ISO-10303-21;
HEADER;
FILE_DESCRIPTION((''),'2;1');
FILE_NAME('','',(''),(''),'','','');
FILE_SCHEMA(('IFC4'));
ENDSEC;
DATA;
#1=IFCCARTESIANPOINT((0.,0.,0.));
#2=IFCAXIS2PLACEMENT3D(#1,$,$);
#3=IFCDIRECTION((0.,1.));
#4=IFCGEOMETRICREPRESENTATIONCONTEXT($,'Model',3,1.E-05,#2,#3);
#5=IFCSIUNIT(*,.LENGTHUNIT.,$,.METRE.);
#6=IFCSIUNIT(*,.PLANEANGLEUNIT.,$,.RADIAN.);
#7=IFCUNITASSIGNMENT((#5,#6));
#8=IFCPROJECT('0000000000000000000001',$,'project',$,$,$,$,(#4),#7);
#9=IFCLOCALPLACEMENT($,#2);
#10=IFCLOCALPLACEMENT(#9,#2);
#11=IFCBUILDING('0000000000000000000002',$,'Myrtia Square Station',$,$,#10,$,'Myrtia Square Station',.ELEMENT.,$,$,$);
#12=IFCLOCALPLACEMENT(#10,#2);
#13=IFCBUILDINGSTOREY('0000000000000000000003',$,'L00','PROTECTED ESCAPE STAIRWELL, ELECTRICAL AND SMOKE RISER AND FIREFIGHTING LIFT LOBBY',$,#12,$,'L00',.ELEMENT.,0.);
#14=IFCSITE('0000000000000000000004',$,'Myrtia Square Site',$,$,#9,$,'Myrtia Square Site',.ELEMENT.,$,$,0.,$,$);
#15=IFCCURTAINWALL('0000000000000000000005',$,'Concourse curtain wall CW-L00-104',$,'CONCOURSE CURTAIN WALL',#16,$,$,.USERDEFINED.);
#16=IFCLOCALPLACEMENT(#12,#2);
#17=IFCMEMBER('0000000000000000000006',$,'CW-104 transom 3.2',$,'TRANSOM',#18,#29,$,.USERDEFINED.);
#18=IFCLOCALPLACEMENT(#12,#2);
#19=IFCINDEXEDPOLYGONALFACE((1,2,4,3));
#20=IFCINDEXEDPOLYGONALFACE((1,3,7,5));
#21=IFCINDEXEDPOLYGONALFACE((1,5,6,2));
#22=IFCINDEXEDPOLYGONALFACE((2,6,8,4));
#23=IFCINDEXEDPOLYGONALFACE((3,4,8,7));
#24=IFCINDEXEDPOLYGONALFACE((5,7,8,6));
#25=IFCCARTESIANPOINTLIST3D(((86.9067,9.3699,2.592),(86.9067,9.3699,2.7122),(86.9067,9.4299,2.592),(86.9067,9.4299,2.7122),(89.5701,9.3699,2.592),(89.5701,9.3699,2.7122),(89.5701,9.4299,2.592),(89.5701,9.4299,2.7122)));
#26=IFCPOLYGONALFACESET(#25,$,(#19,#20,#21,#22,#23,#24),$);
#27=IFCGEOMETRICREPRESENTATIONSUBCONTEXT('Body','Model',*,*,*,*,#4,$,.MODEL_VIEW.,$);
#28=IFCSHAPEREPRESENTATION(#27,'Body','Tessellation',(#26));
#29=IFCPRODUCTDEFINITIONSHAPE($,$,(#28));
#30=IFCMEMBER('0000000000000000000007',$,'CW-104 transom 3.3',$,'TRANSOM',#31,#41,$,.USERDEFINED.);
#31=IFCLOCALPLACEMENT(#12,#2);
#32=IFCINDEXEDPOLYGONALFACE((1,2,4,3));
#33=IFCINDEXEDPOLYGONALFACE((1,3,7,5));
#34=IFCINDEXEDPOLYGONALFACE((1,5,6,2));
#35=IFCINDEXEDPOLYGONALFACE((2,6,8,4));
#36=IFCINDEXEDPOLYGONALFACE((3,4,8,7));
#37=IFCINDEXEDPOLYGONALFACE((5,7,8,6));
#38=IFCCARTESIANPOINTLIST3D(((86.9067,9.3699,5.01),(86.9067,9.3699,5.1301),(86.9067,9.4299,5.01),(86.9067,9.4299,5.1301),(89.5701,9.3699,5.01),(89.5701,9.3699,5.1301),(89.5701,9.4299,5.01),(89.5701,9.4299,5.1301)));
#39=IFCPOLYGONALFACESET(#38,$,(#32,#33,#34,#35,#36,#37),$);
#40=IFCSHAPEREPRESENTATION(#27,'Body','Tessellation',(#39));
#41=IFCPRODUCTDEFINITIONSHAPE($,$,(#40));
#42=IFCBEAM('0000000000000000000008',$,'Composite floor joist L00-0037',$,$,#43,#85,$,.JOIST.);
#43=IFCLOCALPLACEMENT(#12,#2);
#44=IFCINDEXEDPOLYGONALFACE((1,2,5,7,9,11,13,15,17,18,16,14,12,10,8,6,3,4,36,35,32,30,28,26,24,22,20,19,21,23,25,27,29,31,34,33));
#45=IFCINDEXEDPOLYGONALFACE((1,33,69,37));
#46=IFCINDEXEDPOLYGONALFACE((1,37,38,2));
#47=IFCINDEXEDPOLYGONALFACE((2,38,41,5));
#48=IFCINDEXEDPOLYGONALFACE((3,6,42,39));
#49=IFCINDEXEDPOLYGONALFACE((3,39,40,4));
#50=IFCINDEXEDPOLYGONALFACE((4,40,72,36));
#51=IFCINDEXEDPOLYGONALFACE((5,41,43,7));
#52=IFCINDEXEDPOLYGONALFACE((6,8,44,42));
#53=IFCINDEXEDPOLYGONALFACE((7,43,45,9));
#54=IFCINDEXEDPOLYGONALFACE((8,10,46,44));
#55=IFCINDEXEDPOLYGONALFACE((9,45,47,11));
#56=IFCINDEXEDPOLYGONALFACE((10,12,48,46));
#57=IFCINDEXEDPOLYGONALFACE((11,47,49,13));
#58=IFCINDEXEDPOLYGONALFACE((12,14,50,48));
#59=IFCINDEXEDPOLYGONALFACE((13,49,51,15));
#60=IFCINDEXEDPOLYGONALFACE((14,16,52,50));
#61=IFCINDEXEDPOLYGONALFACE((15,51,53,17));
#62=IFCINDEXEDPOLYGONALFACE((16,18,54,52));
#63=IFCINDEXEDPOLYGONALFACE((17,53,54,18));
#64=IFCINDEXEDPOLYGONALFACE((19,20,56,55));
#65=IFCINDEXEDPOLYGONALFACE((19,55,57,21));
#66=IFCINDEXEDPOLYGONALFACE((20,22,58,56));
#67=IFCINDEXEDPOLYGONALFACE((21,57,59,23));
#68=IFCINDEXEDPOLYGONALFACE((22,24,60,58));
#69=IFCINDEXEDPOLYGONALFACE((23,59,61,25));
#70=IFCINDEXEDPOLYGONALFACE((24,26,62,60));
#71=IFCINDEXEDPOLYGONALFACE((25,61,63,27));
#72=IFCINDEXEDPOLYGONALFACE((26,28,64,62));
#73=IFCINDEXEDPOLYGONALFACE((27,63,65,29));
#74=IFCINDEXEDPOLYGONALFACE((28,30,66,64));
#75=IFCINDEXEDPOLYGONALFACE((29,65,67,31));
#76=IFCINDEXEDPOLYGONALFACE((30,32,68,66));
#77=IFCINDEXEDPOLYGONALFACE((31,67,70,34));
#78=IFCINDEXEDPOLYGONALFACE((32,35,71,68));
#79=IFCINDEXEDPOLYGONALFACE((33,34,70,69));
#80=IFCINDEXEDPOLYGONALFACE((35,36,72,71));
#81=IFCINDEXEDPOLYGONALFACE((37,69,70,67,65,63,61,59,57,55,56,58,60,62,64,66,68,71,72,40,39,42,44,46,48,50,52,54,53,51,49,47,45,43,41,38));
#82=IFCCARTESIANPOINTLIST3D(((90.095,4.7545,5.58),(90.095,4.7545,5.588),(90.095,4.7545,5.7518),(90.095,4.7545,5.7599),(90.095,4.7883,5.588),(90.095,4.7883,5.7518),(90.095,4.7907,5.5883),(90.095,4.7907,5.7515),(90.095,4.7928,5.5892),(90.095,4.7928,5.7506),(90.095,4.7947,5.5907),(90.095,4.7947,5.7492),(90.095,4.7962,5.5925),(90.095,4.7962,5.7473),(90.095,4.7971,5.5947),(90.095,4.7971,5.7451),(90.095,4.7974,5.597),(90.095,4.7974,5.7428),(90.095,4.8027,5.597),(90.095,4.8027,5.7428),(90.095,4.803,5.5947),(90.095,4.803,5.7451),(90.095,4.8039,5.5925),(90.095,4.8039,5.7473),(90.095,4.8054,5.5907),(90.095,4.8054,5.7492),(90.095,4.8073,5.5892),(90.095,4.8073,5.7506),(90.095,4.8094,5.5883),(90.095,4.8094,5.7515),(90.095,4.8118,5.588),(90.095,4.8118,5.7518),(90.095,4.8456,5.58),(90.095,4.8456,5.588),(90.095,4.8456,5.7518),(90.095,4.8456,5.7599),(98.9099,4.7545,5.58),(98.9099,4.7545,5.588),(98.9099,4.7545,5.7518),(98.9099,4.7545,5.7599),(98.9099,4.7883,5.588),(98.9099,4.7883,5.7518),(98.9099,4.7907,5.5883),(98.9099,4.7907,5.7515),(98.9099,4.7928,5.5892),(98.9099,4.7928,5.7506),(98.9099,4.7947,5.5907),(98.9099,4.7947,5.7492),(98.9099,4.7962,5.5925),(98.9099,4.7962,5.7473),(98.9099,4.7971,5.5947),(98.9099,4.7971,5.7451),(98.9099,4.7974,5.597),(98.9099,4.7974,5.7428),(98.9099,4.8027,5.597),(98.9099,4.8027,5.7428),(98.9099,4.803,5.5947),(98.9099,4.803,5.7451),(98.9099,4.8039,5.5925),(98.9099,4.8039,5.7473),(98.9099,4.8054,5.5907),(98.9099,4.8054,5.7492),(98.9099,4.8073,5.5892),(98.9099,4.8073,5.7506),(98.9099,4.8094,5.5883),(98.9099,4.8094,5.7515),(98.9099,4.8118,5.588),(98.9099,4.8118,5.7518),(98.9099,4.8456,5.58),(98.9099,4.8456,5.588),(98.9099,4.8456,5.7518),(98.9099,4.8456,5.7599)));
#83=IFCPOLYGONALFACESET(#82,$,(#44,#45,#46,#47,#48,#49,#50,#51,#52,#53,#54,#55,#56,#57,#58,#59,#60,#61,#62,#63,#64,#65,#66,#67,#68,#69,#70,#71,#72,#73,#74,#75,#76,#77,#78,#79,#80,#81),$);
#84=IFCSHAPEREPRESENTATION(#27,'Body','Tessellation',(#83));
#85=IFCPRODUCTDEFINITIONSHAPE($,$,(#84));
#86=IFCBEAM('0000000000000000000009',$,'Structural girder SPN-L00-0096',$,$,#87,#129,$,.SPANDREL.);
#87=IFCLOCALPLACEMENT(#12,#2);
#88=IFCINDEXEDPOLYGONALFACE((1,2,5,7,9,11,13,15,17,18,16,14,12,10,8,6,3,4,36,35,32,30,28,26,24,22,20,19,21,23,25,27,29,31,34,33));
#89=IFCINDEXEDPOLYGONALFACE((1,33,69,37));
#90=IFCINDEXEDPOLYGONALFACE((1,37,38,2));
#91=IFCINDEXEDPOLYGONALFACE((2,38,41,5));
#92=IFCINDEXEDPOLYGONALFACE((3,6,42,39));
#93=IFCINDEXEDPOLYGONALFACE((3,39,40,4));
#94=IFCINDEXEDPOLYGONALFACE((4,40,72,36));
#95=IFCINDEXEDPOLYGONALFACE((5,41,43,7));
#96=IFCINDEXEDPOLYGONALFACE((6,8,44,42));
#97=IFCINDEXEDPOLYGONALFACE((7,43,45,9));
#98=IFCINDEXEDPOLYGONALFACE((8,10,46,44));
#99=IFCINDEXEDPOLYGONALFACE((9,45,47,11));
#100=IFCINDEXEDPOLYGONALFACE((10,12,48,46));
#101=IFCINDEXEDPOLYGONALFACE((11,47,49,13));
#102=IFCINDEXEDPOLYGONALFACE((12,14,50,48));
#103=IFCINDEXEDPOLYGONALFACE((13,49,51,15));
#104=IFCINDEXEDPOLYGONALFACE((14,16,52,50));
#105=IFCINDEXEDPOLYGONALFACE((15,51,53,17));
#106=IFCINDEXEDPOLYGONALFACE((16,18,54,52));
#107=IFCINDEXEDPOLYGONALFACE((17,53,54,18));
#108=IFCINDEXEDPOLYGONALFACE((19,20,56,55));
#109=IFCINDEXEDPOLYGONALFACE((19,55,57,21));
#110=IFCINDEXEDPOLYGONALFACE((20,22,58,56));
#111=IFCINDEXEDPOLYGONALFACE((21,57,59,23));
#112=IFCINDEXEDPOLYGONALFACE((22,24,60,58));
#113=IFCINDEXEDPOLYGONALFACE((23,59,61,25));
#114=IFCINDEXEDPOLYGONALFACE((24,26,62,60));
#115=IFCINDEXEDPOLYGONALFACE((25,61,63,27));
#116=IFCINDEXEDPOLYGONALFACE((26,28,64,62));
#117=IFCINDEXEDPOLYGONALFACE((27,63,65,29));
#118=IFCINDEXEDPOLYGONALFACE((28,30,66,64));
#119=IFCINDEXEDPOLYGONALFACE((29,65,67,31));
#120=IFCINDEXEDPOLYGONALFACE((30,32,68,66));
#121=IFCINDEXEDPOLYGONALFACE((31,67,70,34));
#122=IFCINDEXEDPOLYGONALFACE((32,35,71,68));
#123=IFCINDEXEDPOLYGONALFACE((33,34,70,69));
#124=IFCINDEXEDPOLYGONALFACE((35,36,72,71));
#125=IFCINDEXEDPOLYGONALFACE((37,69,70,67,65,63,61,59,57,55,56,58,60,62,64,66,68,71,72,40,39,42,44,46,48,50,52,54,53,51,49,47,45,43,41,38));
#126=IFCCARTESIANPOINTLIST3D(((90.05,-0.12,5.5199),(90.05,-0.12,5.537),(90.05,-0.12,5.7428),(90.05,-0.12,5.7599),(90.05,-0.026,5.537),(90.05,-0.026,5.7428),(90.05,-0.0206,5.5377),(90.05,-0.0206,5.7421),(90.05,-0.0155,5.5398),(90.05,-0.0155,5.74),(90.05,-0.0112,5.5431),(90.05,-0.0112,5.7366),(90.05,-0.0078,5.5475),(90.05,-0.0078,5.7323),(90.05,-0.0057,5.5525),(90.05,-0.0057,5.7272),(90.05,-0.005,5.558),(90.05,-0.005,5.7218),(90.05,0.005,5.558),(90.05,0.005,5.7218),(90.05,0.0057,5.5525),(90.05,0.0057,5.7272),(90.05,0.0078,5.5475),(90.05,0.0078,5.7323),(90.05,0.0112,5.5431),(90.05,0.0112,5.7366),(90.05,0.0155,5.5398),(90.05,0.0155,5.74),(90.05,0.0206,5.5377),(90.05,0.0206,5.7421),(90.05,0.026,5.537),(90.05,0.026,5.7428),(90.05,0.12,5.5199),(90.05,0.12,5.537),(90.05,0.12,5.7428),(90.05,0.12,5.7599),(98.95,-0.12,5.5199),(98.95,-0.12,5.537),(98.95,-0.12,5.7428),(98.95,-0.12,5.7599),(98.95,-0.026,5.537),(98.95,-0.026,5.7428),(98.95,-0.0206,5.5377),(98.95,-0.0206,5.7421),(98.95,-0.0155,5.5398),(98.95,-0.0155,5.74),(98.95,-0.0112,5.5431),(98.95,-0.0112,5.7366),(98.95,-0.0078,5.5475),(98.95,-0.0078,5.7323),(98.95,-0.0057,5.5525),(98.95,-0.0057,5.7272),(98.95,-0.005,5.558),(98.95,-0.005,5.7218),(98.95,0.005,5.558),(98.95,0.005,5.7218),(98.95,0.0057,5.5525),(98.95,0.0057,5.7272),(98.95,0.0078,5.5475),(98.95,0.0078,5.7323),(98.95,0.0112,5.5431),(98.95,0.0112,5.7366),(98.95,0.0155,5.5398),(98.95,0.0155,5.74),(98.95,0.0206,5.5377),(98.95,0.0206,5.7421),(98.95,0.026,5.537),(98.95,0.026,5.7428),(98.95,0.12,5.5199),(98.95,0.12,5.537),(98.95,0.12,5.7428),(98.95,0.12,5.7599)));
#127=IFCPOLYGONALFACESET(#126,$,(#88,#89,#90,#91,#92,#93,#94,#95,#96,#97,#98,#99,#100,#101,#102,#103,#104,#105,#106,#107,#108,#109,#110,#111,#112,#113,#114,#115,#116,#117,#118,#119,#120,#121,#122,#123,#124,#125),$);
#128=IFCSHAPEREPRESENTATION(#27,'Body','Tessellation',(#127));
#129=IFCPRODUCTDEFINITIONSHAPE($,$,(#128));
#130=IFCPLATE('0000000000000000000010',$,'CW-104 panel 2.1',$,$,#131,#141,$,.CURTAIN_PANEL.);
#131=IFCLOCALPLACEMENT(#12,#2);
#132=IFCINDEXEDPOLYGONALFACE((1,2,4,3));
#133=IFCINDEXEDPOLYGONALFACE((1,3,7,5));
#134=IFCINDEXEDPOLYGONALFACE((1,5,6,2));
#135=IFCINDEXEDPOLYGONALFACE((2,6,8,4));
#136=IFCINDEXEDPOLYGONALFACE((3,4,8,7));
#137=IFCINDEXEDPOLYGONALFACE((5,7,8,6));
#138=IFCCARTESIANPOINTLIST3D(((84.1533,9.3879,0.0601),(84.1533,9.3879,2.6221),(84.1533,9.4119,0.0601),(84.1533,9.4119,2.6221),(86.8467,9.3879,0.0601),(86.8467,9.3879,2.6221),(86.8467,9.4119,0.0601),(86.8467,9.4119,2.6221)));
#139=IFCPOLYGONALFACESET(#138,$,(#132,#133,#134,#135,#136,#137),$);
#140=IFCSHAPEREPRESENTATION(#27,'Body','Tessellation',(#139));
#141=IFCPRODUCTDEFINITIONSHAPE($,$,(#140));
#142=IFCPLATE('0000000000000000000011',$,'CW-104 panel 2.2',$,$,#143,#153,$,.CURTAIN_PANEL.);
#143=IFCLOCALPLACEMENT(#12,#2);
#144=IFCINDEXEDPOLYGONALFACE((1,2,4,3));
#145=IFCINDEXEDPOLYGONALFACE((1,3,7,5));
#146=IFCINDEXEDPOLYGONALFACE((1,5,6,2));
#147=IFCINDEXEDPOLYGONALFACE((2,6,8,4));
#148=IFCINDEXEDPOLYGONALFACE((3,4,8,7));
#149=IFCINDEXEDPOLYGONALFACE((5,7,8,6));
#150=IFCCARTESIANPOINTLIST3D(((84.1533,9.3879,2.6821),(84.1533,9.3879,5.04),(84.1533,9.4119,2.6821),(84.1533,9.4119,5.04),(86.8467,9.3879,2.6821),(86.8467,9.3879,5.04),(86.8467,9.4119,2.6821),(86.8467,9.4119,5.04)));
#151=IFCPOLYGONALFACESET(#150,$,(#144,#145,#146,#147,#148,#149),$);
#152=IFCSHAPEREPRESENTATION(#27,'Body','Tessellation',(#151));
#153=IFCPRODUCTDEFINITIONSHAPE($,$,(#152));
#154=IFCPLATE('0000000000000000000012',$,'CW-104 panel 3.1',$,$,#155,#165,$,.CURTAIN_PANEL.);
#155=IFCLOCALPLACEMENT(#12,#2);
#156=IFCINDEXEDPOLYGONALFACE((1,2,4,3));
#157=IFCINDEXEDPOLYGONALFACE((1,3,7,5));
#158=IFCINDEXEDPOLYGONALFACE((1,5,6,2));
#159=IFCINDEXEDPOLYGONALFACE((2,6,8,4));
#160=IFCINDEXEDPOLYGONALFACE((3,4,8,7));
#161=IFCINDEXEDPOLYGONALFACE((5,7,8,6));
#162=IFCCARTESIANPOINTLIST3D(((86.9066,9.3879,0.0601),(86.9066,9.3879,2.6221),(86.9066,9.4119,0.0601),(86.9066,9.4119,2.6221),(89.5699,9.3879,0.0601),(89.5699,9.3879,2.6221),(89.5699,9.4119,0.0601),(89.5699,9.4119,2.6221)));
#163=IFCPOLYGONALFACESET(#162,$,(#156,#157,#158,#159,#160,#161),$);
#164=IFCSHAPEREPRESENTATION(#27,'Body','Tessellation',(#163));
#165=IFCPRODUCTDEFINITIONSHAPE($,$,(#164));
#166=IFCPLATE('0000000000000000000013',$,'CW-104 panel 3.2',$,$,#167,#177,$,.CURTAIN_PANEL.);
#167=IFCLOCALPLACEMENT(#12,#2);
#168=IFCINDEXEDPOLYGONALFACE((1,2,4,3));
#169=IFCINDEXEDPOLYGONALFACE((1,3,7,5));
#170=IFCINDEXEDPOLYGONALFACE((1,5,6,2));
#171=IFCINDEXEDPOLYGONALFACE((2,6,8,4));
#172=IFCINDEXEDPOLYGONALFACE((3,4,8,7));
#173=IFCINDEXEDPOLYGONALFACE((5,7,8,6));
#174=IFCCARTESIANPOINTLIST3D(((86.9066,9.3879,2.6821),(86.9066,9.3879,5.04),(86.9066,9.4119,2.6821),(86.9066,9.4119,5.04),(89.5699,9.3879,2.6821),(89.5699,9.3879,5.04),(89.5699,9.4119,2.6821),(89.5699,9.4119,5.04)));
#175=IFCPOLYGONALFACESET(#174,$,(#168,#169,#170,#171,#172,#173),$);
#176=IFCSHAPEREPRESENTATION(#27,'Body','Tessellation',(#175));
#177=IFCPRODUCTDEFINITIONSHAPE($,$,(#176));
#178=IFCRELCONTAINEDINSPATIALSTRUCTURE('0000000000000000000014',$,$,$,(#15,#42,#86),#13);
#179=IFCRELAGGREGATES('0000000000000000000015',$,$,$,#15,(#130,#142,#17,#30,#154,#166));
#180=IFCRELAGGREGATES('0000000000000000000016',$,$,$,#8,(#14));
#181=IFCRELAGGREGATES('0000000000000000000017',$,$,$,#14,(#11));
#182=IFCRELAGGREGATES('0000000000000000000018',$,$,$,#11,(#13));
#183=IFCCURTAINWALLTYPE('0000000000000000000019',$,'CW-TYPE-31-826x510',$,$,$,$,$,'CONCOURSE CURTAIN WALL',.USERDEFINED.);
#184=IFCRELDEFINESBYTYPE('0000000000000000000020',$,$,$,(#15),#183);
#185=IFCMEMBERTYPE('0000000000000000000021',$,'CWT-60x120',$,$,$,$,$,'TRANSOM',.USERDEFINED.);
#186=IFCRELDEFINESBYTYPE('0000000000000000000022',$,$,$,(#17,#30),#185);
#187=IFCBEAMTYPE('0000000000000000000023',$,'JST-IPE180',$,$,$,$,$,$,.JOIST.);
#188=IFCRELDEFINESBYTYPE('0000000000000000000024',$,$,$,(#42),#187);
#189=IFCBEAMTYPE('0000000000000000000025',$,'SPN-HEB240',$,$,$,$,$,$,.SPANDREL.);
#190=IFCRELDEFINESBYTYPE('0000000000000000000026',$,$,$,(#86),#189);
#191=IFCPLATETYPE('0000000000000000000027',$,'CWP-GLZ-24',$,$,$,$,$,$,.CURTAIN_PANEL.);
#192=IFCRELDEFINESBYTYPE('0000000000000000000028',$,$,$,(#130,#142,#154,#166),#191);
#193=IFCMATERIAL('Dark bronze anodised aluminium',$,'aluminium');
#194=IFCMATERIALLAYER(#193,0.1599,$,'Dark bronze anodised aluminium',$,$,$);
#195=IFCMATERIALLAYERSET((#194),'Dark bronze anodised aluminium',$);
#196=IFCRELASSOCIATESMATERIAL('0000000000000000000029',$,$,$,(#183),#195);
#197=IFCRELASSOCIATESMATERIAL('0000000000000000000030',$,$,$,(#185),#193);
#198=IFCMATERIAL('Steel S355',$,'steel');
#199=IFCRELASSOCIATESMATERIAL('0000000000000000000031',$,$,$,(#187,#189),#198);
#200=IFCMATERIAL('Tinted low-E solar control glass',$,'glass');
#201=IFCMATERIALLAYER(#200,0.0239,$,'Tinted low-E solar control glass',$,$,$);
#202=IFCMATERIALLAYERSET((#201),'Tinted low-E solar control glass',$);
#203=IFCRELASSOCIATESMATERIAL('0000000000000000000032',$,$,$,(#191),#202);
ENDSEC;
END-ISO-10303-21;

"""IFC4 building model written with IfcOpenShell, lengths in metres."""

from ifc_helpers import new_model, si_unit, direction, frame, origin, origin_2d, place, context, subcontext, project, spatial, rectangle, i_section, extrude, material, layer, layer_set, material_profile, profile_set, type_object, element, aggregate, save


model = new_model("IFC4")

# Units and contexts
model_context = context("Model", 3, precision=1e-05, world=origin(), true_north=direction((0.0, 1.0)))
body_context = subcontext(model_context, "Body", "Model", "MODEL_VIEW")
ifc_project = project(units=[si_unit("LENGTHUNIT", "METRE"), si_unit("PLANEANGLEUNIT", "RADIAN")], contexts=[model_context])

# Site, building, storey
site_placement = place(None, origin())
site = spatial("IfcSite", under=ifc_project, at=site_placement, Name="Myrtia Square Site", LongName="Myrtia Square Site", CompositionType="ELEMENT", RefElevation=0.0)
building_placement = place(site_placement, origin())
building = spatial("IfcBuilding", under=site, at=building_placement, Name="Myrtia Square Station", LongName="Myrtia Square Station", CompositionType="ELEMENT")
storey_placement = place(building_placement, origin())
storey = spatial("IfcBuildingStorey", under=building, at=storey_placement, Name="L00", Description="PROTECTED ESCAPE STAIRWELL, ELECTRICAL AND SMOKE RISER AND FIREFIGHTING LIFT LOBBY", LongName="L00", CompositionType="ELEMENT", Elevation=0.0)

# Shared definitions
ifc_material_1 = material(Name="Steel S355", Category="steel")

# Curtain wall, members
ifc_material_2 = material(Name="Dark bronze anodised aluminium", Category="aluminium")
ifc_layer_1 = layer(ifc_material_2, 0.1599, Name="Dark bronze anodised aluminium")
ifc_layer_set_1 = layer_set([ifc_layer_1], Name="Dark bronze anodised aluminium")
curtain_wall_type = type_object("IfcCurtainWallType", Name="CW-TYPE-31-826x510", ElementType="CONCOURSE CURTAIN WALL", PredefinedType="USERDEFINED", material=ifc_layer_set_1)
curtain_wall_placement = place(storey_placement, origin())
curtain_wall = element("IfcCurtainWall", 1, at=curtain_wall_placement, inside=storey, type_object=curtain_wall_type, Name="Concourse curtain wall CW-L00-104", ObjectType="CONCOURSE CURTAIN WALL", PredefinedType="USERDEFINED")
ifc_material_profile_1 = material_profile(ifc_material_2, rectangle(XDim=0.0601, YDim=0.1201, at=origin_2d()), Name="ALU-T 60x120")
ifc_profile_set_1 = profile_set([ifc_material_profile_1], Name="Dark bronze anodised aluminium")
member_type_1 = type_object("IfcMemberType", Name="CWT-60x120", ElementType="TRANSOM", PredefinedType="USERDEFINED", material=ifc_profile_set_1)
member_1_placement = place(storey_placement, frame((86.9067, 9.3999, 2.6521), z_axis=(1.0, 0.0, 0.0), x_axis=(0.0, 1.0, 0.0)))
member_1 = element("IfcMember", 2, at=member_1_placement, type_object=member_type_1, Name="CW-104 transom 3.2", ObjectType="TRANSOM", PredefinedType="USERDEFINED", context=body_context, shape_type="SweptSolid", body=[
    extrude(rectangle(XDim=0.0601, YDim=0.1201, at=origin_2d()), origin(), (0.0, 0.0, 1.0), 2.6633),
])
member_2_placement = place(storey_placement, frame((86.9067, 9.3999, 5.0701), z_axis=(1.0, 0.0, 0.0), x_axis=(0.0, 1.0, 0.0)))
member_2 = element("IfcMember", 3, at=member_2_placement, type_object=member_type_1, Name="CW-104 transom 3.3", ObjectType="TRANSOM", PredefinedType="USERDEFINED", context=body_context, shape_type="SweptSolid", body=[
    extrude(rectangle(XDim=0.0601, YDim=0.1201, at=origin_2d()), origin(), (0.0, 0.0, 1.0), 2.6633),
])

# Beams
ifc_material_profile_2 = material_profile(ifc_material_1, i_section(OverallWidth=0.0911, OverallDepth=0.1799, WebThickness=0.0054, FlangeThickness=0.0081, FilletRadius=0.009, at=origin_2d()), Name="IPE 180")
ifc_profile_set_2 = profile_set([ifc_material_profile_2], Name="Steel S355")
beam_type_1 = type_object("IfcBeamType", Name="JST-IPE180", PredefinedType="JOIST", material=ifc_profile_set_2)
beam_1_placement = place(storey_placement, frame((90.095, 4.8, 5.6699), z_axis=(1.0, 0.0, 0.0), x_axis=(0.0, 1.0, 0.0)))
element("IfcBeam", 4, at=beam_1_placement, inside=storey, type_object=beam_type_1, Name="Composite floor joist L00-0037", PredefinedType="JOIST", context=body_context, shape_type="SweptSolid", body=[
    extrude(i_section(OverallWidth=0.0911, OverallDepth=0.1799, WebThickness=0.0054, FlangeThickness=0.0081, FilletRadius=0.009, at=origin_2d()), origin(), (0.0, 0.0, 1.0), 8.8149),
])
ifc_material_profile_3 = material_profile(ifc_material_1, i_section(OverallWidth=0.24, OverallDepth=0.24, WebThickness=0.01, FlangeThickness=0.0171, FilletRadius=0.021, at=origin_2d()), Name="HEB 240")
ifc_profile_set_3 = profile_set([ifc_material_profile_3], Name="Steel S355")
beam_type_2 = type_object("IfcBeamType", Name="SPN-HEB240", PredefinedType="SPANDREL", material=ifc_profile_set_3)
beam_2_placement = place(storey_placement, frame((90.05, 0.0, 5.6399), z_axis=(1.0, 0.0, 0.0), x_axis=(0.0, 1.0, 0.0)))
element("IfcBeam", 5, at=beam_2_placement, inside=storey, type_object=beam_type_2, Name="Structural girder SPN-L00-0096", PredefinedType="SPANDREL", context=body_context, shape_type="SweptSolid", body=[
    extrude(i_section(OverallWidth=0.24, OverallDepth=0.24, WebThickness=0.01, FlangeThickness=0.0171, FilletRadius=0.021, at=origin_2d()), origin(), (0.0, 0.0, 1.0), 8.8999),
])

# Plates
ifc_material_3 = material(Name="Tinted low-E solar control glass", Category="glass")
ifc_layer_2 = layer(ifc_material_3, 0.0239, Name="Tinted low-E solar control glass")
ifc_layer_set_2 = layer_set([ifc_layer_2], Name="Tinted low-E solar control glass")
plate_type = type_object("IfcPlateType", Name="CWP-GLZ-24", PredefinedType="CURTAIN_PANEL", material=ifc_layer_set_2)
plate_1_placement = place(storey_placement, frame((85.5, 9.3999, 0.0601), z_axis=(0.0, 0.0, 1.0), x_axis=(1.0, 0.0, 0.0)))
plate_1 = element("IfcPlate", 6, at=plate_1_placement, type_object=plate_type, Name="CW-104 panel 2.1", PredefinedType="CURTAIN_PANEL", context=body_context, shape_type="SweptSolid", body=[
    extrude(rectangle(XDim=2.6934, YDim=0.0239, at=origin_2d()), origin(), (0.0, 0.0, 1.0), 2.562),
])
plate_2_placement = place(storey_placement, frame((85.5, 9.3999, 2.6821), z_axis=(0.0, 0.0, 1.0), x_axis=(1.0, 0.0, 0.0)))
plate_2 = element("IfcPlate", 7, at=plate_2_placement, type_object=plate_type, Name="CW-104 panel 2.2", PredefinedType="CURTAIN_PANEL", context=body_context, shape_type="SweptSolid", body=[
    extrude(rectangle(XDim=2.6934, YDim=0.0239, at=origin_2d()), origin(), (0.0, 0.0, 1.0), 2.3579),
])
plate_3_placement = place(storey_placement, frame((88.2383, 9.3999, 0.0601), z_axis=(0.0, 0.0, 1.0), x_axis=(1.0, 0.0, 0.0)))
plate_3 = element("IfcPlate", 8, at=plate_3_placement, type_object=plate_type, Name="CW-104 panel 3.1", PredefinedType="CURTAIN_PANEL", context=body_context, shape_type="SweptSolid", body=[
    extrude(rectangle(XDim=2.6633, YDim=0.0239, at=origin_2d()), origin(), (0.0, 0.0, 1.0), 2.562),
])
plate_4_placement = place(storey_placement, frame((88.2383, 9.3999, 2.6821), z_axis=(0.0, 0.0, 1.0), x_axis=(1.0, 0.0, 0.0)))
plate_4 = element("IfcPlate", 9, at=plate_4_placement, type_object=plate_type, Name="CW-104 panel 3.2", PredefinedType="CURTAIN_PANEL", context=body_context, shape_type="SweptSolid", body=[
    extrude(rectangle(XDim=2.6633, YDim=0.0239, at=origin_2d()), origin(), (0.0, 0.0, 1.0), 2.3579),
])
aggregate(curtain_wall, [plate_1, plate_2, member_1, member_2, plate_3, plate_4])

save(model, "model.ifc")
